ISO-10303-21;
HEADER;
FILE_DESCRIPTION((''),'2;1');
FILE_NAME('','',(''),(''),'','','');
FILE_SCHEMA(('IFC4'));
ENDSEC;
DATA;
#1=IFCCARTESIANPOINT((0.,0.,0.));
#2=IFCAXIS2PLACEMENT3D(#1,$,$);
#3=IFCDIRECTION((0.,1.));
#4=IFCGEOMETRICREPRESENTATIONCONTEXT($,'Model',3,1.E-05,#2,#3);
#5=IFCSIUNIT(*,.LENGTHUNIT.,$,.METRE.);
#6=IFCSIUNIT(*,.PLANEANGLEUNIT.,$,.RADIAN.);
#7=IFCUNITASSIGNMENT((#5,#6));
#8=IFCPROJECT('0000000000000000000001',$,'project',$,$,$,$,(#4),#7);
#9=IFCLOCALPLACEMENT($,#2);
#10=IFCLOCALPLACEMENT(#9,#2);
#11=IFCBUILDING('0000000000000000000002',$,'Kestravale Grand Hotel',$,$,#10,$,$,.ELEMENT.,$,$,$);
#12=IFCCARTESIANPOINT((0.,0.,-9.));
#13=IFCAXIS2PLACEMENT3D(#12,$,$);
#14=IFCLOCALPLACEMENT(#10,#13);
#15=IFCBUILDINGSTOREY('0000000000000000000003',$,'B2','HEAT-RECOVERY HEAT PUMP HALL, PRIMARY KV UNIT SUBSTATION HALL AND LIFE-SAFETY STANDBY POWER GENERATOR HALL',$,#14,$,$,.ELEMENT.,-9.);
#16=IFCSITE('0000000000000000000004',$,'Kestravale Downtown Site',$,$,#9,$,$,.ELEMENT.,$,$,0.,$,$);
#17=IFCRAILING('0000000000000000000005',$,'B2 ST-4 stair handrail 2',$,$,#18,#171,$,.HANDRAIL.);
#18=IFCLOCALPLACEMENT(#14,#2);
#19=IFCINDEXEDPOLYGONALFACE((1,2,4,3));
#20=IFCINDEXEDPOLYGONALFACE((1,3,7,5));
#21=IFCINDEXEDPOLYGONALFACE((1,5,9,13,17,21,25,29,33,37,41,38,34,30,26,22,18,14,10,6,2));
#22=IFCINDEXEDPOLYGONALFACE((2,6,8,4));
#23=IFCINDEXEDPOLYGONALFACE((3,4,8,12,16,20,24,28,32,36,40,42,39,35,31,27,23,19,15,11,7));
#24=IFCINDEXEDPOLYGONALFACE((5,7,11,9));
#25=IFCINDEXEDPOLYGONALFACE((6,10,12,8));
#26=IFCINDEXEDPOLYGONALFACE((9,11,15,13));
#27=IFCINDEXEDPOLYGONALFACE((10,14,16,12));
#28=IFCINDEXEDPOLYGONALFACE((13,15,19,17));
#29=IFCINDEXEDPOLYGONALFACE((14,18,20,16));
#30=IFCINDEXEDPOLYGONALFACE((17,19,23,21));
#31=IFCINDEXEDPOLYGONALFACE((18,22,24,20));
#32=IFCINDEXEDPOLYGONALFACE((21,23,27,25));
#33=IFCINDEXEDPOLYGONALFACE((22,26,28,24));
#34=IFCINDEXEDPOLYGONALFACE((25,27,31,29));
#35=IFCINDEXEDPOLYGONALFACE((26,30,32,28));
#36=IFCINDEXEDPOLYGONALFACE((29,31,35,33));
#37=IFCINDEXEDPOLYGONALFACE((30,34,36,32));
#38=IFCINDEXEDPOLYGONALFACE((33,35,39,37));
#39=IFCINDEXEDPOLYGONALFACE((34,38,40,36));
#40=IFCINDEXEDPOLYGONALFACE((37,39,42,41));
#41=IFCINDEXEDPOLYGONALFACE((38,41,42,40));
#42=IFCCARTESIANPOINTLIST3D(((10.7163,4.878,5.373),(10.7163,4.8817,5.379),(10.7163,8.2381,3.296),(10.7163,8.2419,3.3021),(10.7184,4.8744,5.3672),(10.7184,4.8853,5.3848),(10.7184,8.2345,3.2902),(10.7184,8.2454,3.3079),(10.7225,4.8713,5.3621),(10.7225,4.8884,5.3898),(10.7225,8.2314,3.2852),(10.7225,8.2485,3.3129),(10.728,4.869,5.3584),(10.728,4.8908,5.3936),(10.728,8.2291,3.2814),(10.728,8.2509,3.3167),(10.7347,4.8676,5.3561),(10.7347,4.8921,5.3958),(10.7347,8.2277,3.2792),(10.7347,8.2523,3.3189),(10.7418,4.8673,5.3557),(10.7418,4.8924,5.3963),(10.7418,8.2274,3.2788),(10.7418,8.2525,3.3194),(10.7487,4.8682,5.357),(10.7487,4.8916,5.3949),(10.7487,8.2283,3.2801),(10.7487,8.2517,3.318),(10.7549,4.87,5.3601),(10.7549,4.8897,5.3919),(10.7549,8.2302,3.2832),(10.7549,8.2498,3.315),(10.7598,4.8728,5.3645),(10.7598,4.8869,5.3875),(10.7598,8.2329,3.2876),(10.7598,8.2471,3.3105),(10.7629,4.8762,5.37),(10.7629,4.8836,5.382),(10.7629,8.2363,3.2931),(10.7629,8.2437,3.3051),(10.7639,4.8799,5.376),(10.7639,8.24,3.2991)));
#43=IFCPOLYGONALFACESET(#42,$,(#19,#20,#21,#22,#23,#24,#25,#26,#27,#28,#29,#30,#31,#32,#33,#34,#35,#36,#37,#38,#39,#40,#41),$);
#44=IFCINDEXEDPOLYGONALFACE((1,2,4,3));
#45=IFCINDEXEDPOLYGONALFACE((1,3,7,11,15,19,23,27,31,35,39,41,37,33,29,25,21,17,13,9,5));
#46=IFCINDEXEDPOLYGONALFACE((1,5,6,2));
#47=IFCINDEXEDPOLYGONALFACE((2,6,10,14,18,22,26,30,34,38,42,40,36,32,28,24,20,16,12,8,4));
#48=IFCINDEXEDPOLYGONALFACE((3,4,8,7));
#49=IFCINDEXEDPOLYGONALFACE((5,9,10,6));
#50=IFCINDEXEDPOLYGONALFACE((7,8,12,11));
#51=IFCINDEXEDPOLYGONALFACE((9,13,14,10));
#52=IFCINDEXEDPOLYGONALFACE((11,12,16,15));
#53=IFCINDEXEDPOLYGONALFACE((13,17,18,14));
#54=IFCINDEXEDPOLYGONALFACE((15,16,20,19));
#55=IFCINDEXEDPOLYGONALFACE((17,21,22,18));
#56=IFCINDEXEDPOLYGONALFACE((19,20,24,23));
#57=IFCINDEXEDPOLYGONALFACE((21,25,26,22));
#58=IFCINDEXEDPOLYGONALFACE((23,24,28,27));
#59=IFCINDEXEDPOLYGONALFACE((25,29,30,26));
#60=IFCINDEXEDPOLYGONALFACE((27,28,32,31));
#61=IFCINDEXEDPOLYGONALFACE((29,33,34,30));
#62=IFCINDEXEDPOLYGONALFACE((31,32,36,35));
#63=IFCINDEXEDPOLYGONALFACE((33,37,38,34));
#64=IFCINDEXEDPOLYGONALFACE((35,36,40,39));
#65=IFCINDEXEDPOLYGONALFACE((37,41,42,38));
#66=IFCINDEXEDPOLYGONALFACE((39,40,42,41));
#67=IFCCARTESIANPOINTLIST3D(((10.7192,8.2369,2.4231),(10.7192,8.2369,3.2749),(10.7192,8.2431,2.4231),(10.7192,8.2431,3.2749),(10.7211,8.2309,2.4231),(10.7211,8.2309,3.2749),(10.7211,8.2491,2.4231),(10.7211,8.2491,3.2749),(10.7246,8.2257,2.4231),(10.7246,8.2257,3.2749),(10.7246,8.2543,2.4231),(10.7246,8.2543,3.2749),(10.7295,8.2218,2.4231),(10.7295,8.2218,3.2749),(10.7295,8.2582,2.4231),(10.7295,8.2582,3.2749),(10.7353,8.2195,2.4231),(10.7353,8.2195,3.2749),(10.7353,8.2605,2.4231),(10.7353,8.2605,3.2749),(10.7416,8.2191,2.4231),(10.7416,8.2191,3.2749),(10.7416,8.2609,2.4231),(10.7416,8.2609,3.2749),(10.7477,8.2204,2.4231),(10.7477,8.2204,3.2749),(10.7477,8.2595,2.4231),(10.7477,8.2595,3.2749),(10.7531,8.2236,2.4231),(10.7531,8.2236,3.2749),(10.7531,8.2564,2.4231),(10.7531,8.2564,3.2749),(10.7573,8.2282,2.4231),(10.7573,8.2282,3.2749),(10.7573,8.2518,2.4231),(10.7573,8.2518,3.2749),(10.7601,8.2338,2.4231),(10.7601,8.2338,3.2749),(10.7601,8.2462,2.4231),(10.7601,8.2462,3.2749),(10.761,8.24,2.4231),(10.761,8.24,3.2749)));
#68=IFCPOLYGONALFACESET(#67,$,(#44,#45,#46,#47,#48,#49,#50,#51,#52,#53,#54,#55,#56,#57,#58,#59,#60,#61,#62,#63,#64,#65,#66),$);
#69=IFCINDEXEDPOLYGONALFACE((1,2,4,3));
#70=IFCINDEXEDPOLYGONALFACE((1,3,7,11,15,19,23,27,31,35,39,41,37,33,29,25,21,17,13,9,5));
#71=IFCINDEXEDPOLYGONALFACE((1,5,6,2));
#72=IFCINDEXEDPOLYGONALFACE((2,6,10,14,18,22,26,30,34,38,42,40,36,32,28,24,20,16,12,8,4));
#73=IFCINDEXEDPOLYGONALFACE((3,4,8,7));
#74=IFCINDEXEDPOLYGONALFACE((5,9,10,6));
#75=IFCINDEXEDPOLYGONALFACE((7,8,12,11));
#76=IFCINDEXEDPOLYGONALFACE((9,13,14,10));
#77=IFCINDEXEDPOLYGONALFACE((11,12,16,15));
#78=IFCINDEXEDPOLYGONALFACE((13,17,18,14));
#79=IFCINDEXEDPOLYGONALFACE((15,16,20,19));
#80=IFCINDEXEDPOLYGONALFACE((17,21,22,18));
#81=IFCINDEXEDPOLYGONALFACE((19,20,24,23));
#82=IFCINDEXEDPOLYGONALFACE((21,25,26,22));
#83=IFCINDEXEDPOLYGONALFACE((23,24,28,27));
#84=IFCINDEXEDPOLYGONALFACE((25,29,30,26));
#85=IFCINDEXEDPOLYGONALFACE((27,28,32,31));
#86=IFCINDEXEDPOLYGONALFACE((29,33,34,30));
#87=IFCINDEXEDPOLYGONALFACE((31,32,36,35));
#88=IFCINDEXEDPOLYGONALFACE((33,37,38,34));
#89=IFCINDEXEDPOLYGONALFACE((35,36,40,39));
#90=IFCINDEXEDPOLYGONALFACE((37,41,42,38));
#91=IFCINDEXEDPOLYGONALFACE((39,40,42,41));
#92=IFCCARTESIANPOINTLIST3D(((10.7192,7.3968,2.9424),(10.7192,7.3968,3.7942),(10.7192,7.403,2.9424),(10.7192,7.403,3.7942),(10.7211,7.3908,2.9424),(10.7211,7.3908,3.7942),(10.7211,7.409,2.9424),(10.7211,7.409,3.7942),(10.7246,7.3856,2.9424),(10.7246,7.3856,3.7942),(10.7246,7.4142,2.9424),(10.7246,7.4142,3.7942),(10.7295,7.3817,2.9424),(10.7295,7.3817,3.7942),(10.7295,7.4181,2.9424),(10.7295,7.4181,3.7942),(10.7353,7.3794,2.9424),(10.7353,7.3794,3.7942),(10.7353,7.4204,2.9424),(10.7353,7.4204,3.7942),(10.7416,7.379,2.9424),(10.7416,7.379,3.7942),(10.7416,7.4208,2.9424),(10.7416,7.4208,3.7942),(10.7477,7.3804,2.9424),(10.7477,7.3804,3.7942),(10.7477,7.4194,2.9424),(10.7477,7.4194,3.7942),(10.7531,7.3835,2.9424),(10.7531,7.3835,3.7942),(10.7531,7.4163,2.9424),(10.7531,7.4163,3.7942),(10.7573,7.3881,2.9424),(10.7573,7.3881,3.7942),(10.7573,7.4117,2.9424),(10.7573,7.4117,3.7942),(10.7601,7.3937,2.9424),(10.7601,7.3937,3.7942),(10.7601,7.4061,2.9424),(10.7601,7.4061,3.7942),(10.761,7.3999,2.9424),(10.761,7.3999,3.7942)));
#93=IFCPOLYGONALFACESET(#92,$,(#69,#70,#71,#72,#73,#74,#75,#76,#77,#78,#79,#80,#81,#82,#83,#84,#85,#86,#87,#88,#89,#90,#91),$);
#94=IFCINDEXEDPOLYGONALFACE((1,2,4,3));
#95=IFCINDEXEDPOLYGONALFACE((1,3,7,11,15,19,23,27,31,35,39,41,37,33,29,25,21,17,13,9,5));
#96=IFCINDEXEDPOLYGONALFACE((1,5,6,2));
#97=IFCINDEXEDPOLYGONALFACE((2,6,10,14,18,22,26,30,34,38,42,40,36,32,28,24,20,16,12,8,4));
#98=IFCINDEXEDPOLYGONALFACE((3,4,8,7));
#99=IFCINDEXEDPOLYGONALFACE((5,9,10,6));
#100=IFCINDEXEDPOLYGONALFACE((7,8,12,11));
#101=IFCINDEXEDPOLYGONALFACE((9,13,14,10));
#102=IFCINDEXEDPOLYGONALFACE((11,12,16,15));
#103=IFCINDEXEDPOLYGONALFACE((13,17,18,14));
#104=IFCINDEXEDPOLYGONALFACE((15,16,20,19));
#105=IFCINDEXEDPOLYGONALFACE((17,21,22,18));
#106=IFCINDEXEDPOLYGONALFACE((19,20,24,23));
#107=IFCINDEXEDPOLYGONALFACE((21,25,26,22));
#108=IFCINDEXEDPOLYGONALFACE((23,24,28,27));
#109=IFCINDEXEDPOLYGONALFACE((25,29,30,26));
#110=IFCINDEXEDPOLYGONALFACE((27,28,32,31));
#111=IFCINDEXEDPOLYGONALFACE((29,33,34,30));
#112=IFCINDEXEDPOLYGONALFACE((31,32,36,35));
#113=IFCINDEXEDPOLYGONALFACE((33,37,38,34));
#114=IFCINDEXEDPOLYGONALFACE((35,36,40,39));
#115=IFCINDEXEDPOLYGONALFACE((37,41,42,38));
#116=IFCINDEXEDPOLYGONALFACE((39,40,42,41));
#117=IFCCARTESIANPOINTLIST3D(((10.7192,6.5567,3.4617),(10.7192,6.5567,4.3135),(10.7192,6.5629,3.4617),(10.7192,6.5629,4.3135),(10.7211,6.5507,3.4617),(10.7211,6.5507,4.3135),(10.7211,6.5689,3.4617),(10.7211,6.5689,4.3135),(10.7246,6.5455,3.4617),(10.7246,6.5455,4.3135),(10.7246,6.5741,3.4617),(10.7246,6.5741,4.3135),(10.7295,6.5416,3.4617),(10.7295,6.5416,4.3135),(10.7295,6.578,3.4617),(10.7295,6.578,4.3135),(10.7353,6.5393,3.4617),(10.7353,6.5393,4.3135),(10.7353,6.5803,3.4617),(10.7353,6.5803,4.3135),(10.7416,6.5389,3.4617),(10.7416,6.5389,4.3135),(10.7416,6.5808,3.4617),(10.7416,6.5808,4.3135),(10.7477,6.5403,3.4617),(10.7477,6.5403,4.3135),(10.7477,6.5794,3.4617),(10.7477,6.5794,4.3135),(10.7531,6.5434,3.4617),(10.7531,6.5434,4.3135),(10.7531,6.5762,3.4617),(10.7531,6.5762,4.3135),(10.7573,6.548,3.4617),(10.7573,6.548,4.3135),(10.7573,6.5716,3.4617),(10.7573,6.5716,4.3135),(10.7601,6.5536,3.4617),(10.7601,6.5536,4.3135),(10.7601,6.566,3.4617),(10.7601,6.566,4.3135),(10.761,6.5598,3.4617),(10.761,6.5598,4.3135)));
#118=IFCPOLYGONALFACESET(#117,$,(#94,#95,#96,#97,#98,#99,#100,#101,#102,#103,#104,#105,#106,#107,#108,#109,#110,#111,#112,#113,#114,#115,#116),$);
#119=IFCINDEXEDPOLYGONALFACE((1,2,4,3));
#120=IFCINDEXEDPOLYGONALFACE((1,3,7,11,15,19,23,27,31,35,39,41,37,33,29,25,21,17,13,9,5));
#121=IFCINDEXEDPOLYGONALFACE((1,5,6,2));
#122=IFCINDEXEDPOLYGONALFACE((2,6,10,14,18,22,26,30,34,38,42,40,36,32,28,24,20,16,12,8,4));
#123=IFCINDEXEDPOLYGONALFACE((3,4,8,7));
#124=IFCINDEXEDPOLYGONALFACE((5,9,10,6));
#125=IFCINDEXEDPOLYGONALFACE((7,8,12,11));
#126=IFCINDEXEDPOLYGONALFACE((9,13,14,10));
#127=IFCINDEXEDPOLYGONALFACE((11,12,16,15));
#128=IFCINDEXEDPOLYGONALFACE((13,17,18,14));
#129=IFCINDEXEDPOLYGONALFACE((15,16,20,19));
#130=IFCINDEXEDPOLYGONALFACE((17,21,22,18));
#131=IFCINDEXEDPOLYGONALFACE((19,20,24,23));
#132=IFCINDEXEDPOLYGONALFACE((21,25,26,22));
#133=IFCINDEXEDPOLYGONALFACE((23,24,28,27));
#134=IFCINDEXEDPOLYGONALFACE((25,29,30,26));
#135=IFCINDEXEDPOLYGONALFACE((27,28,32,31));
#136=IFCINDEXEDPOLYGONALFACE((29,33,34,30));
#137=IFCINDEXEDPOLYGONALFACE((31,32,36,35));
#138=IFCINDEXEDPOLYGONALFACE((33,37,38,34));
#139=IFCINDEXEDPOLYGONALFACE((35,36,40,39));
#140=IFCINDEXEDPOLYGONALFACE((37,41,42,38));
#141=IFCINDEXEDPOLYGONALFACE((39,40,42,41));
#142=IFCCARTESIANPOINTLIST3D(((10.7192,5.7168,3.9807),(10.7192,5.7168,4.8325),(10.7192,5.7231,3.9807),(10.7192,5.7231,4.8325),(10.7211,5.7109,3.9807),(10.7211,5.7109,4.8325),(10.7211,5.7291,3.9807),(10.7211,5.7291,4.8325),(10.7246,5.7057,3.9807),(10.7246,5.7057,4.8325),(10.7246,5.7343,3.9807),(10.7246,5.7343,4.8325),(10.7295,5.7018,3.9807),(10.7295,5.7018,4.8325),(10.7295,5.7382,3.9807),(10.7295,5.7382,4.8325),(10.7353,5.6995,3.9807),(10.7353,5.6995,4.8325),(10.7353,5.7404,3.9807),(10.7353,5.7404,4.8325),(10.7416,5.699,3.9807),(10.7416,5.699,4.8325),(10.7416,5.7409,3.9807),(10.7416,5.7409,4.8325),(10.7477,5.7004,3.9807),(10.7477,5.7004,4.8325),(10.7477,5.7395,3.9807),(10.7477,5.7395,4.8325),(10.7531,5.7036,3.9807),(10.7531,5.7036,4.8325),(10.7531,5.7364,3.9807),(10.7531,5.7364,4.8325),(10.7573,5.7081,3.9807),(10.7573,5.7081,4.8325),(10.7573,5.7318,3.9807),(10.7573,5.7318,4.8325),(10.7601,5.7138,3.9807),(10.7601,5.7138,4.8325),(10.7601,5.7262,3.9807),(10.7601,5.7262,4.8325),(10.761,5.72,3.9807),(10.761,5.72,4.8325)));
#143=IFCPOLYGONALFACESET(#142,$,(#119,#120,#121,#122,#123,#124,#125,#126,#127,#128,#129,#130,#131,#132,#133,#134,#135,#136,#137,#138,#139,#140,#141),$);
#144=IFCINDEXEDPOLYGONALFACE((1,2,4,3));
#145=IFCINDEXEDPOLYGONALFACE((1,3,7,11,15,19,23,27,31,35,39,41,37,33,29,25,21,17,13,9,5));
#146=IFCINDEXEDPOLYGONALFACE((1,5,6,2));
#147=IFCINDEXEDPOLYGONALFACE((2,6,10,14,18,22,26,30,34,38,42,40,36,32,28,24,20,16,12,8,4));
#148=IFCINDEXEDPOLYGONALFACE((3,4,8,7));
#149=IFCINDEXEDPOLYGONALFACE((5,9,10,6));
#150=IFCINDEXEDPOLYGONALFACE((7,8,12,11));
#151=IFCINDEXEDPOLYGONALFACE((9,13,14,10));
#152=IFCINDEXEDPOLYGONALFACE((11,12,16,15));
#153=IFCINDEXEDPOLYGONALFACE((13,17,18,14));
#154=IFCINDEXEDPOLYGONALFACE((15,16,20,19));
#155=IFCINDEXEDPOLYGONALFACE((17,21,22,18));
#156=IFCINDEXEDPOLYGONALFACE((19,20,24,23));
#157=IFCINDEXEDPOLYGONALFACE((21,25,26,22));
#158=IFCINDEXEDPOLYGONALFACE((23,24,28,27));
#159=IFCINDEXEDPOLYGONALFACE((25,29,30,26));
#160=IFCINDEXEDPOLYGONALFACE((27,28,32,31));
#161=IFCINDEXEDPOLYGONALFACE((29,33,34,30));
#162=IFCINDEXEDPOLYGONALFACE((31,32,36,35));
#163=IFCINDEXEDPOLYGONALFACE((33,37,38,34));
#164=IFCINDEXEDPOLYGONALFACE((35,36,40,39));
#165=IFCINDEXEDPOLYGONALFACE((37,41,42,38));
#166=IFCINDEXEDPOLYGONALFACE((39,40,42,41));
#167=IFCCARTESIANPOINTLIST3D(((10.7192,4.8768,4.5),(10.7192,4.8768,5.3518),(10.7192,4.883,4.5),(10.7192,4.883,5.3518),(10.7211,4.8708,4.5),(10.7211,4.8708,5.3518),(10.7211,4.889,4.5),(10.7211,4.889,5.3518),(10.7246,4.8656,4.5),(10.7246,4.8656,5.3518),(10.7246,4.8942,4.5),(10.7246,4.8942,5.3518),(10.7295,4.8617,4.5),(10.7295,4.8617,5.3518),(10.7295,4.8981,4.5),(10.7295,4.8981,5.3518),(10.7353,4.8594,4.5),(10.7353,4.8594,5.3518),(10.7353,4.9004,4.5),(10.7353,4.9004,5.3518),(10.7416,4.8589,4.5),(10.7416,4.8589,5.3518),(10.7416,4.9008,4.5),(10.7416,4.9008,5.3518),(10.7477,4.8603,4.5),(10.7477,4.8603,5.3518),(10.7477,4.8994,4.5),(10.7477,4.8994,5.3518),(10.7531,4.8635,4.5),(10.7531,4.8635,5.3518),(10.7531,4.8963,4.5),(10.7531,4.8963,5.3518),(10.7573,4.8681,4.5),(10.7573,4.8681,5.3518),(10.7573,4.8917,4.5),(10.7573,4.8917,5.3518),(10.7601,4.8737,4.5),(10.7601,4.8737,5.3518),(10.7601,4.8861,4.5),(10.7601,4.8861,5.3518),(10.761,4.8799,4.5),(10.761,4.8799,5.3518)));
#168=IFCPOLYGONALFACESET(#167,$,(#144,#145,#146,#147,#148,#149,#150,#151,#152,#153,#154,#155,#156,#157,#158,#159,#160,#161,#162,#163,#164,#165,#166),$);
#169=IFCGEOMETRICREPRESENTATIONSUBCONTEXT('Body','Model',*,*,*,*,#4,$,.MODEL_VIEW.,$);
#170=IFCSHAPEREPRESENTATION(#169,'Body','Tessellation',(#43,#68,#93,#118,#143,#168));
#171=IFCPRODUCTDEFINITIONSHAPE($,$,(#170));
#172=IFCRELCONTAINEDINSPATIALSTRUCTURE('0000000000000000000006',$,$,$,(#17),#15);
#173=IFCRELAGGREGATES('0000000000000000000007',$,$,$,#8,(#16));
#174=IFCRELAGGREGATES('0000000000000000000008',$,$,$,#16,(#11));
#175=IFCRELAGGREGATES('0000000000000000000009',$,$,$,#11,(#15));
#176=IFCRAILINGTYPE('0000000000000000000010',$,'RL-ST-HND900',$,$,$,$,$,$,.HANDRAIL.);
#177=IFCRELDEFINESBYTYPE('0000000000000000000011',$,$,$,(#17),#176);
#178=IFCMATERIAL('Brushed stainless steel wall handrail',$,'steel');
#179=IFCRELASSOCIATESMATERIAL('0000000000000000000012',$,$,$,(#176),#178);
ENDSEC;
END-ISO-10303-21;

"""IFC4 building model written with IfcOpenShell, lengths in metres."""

from ifc_helpers import new_model, si_unit, direction, frame, origin, origin_2d, place, context, subcontext, project, spatial, circle, extrude, material, type_object, element, save


model = new_model("IFC4")

# Units and contexts
model_context = context("Model", 3, precision=1e-05, world=origin(), true_north=direction((0.0, 1.0)))
body_context = subcontext(model_context, "Body", "Model", "MODEL_VIEW")
ifc_project = project(units=[si_unit("LENGTHUNIT", "METRE"), si_unit("PLANEANGLEUNIT", "RADIAN")], contexts=[model_context])

# Site, building, storey
site_placement = place(None, origin())
site = spatial("IfcSite", under=ifc_project, at=site_placement, Name="Kestravale Downtown Site", CompositionType="ELEMENT", RefElevation=0.0)
building_placement = place(site_placement, origin())
building = spatial("IfcBuilding", under=site, at=building_placement, Name="Kestravale Grand Hotel", CompositionType="ELEMENT")
storey_placement = place(building_placement, frame((0.0, 0.0, -9.0)))
storey = spatial("IfcBuildingStorey", under=building, at=storey_placement, Name="B2", Description="HEAT-RECOVERY HEAT PUMP HALL, PRIMARY KV UNIT SUBSTATION HALL AND LIFE-SAFETY STANDBY POWER GENERATOR HALL", CompositionType="ELEMENT", Elevation=-9.0)

# Railing
ifc_material_1 = material(Name="Brushed stainless steel wall handrail", Category="steel")
railing_type_1 = type_object("IfcRailingType", Name="RL-ST-HND900", PredefinedType="HANDRAIL", material=ifc_material_1)
railing_1_placement = place(storey_placement, frame((10.74, 8.24, 2.4231)))
element("IfcRailing", 1, at=railing_1_placement, inside=storey, type_object=railing_type_1, Name="B2 ST-4 stair handrail 2", PredefinedType="HANDRAIL", context=body_context, shape_type="SweptSolid", body=[
    extrude(circle(Radius=0.0239, at=origin_2d()), frame((0.0, 0.0, 0.876), z_axis=(0.0, -0.850623, 0.525776), x_axis=(1.0, 0.0, 0.0)), (0.0, 0.0, 1.0), 3.9502),
    extrude(circle(Radius=0.021, at=origin_2d()), origin(), (0.0, 0.0, 1.0), 0.8518),
    extrude(circle(Radius=0.021, at=origin_2d()), frame((0.0, -0.8401, 0.5193)), (0.0, 0.0, 1.0), 0.8518),
    extrude(circle(Radius=0.021, at=origin_2d()), frame((0.0, -1.6802, 1.0386)), (0.0, 0.0, 1.0), 0.8518),
    extrude(circle(Radius=0.021, at=origin_2d()), frame((0.0, -2.52, 1.5576)), (0.0, 0.0, 1.0), 0.8518),
    extrude(circle(Radius=0.021, at=origin_2d()), frame((0.0, -3.3601, 2.0769)), (0.0, 0.0, 1.0), 0.8518),
])

save(model, "model.ifc")
